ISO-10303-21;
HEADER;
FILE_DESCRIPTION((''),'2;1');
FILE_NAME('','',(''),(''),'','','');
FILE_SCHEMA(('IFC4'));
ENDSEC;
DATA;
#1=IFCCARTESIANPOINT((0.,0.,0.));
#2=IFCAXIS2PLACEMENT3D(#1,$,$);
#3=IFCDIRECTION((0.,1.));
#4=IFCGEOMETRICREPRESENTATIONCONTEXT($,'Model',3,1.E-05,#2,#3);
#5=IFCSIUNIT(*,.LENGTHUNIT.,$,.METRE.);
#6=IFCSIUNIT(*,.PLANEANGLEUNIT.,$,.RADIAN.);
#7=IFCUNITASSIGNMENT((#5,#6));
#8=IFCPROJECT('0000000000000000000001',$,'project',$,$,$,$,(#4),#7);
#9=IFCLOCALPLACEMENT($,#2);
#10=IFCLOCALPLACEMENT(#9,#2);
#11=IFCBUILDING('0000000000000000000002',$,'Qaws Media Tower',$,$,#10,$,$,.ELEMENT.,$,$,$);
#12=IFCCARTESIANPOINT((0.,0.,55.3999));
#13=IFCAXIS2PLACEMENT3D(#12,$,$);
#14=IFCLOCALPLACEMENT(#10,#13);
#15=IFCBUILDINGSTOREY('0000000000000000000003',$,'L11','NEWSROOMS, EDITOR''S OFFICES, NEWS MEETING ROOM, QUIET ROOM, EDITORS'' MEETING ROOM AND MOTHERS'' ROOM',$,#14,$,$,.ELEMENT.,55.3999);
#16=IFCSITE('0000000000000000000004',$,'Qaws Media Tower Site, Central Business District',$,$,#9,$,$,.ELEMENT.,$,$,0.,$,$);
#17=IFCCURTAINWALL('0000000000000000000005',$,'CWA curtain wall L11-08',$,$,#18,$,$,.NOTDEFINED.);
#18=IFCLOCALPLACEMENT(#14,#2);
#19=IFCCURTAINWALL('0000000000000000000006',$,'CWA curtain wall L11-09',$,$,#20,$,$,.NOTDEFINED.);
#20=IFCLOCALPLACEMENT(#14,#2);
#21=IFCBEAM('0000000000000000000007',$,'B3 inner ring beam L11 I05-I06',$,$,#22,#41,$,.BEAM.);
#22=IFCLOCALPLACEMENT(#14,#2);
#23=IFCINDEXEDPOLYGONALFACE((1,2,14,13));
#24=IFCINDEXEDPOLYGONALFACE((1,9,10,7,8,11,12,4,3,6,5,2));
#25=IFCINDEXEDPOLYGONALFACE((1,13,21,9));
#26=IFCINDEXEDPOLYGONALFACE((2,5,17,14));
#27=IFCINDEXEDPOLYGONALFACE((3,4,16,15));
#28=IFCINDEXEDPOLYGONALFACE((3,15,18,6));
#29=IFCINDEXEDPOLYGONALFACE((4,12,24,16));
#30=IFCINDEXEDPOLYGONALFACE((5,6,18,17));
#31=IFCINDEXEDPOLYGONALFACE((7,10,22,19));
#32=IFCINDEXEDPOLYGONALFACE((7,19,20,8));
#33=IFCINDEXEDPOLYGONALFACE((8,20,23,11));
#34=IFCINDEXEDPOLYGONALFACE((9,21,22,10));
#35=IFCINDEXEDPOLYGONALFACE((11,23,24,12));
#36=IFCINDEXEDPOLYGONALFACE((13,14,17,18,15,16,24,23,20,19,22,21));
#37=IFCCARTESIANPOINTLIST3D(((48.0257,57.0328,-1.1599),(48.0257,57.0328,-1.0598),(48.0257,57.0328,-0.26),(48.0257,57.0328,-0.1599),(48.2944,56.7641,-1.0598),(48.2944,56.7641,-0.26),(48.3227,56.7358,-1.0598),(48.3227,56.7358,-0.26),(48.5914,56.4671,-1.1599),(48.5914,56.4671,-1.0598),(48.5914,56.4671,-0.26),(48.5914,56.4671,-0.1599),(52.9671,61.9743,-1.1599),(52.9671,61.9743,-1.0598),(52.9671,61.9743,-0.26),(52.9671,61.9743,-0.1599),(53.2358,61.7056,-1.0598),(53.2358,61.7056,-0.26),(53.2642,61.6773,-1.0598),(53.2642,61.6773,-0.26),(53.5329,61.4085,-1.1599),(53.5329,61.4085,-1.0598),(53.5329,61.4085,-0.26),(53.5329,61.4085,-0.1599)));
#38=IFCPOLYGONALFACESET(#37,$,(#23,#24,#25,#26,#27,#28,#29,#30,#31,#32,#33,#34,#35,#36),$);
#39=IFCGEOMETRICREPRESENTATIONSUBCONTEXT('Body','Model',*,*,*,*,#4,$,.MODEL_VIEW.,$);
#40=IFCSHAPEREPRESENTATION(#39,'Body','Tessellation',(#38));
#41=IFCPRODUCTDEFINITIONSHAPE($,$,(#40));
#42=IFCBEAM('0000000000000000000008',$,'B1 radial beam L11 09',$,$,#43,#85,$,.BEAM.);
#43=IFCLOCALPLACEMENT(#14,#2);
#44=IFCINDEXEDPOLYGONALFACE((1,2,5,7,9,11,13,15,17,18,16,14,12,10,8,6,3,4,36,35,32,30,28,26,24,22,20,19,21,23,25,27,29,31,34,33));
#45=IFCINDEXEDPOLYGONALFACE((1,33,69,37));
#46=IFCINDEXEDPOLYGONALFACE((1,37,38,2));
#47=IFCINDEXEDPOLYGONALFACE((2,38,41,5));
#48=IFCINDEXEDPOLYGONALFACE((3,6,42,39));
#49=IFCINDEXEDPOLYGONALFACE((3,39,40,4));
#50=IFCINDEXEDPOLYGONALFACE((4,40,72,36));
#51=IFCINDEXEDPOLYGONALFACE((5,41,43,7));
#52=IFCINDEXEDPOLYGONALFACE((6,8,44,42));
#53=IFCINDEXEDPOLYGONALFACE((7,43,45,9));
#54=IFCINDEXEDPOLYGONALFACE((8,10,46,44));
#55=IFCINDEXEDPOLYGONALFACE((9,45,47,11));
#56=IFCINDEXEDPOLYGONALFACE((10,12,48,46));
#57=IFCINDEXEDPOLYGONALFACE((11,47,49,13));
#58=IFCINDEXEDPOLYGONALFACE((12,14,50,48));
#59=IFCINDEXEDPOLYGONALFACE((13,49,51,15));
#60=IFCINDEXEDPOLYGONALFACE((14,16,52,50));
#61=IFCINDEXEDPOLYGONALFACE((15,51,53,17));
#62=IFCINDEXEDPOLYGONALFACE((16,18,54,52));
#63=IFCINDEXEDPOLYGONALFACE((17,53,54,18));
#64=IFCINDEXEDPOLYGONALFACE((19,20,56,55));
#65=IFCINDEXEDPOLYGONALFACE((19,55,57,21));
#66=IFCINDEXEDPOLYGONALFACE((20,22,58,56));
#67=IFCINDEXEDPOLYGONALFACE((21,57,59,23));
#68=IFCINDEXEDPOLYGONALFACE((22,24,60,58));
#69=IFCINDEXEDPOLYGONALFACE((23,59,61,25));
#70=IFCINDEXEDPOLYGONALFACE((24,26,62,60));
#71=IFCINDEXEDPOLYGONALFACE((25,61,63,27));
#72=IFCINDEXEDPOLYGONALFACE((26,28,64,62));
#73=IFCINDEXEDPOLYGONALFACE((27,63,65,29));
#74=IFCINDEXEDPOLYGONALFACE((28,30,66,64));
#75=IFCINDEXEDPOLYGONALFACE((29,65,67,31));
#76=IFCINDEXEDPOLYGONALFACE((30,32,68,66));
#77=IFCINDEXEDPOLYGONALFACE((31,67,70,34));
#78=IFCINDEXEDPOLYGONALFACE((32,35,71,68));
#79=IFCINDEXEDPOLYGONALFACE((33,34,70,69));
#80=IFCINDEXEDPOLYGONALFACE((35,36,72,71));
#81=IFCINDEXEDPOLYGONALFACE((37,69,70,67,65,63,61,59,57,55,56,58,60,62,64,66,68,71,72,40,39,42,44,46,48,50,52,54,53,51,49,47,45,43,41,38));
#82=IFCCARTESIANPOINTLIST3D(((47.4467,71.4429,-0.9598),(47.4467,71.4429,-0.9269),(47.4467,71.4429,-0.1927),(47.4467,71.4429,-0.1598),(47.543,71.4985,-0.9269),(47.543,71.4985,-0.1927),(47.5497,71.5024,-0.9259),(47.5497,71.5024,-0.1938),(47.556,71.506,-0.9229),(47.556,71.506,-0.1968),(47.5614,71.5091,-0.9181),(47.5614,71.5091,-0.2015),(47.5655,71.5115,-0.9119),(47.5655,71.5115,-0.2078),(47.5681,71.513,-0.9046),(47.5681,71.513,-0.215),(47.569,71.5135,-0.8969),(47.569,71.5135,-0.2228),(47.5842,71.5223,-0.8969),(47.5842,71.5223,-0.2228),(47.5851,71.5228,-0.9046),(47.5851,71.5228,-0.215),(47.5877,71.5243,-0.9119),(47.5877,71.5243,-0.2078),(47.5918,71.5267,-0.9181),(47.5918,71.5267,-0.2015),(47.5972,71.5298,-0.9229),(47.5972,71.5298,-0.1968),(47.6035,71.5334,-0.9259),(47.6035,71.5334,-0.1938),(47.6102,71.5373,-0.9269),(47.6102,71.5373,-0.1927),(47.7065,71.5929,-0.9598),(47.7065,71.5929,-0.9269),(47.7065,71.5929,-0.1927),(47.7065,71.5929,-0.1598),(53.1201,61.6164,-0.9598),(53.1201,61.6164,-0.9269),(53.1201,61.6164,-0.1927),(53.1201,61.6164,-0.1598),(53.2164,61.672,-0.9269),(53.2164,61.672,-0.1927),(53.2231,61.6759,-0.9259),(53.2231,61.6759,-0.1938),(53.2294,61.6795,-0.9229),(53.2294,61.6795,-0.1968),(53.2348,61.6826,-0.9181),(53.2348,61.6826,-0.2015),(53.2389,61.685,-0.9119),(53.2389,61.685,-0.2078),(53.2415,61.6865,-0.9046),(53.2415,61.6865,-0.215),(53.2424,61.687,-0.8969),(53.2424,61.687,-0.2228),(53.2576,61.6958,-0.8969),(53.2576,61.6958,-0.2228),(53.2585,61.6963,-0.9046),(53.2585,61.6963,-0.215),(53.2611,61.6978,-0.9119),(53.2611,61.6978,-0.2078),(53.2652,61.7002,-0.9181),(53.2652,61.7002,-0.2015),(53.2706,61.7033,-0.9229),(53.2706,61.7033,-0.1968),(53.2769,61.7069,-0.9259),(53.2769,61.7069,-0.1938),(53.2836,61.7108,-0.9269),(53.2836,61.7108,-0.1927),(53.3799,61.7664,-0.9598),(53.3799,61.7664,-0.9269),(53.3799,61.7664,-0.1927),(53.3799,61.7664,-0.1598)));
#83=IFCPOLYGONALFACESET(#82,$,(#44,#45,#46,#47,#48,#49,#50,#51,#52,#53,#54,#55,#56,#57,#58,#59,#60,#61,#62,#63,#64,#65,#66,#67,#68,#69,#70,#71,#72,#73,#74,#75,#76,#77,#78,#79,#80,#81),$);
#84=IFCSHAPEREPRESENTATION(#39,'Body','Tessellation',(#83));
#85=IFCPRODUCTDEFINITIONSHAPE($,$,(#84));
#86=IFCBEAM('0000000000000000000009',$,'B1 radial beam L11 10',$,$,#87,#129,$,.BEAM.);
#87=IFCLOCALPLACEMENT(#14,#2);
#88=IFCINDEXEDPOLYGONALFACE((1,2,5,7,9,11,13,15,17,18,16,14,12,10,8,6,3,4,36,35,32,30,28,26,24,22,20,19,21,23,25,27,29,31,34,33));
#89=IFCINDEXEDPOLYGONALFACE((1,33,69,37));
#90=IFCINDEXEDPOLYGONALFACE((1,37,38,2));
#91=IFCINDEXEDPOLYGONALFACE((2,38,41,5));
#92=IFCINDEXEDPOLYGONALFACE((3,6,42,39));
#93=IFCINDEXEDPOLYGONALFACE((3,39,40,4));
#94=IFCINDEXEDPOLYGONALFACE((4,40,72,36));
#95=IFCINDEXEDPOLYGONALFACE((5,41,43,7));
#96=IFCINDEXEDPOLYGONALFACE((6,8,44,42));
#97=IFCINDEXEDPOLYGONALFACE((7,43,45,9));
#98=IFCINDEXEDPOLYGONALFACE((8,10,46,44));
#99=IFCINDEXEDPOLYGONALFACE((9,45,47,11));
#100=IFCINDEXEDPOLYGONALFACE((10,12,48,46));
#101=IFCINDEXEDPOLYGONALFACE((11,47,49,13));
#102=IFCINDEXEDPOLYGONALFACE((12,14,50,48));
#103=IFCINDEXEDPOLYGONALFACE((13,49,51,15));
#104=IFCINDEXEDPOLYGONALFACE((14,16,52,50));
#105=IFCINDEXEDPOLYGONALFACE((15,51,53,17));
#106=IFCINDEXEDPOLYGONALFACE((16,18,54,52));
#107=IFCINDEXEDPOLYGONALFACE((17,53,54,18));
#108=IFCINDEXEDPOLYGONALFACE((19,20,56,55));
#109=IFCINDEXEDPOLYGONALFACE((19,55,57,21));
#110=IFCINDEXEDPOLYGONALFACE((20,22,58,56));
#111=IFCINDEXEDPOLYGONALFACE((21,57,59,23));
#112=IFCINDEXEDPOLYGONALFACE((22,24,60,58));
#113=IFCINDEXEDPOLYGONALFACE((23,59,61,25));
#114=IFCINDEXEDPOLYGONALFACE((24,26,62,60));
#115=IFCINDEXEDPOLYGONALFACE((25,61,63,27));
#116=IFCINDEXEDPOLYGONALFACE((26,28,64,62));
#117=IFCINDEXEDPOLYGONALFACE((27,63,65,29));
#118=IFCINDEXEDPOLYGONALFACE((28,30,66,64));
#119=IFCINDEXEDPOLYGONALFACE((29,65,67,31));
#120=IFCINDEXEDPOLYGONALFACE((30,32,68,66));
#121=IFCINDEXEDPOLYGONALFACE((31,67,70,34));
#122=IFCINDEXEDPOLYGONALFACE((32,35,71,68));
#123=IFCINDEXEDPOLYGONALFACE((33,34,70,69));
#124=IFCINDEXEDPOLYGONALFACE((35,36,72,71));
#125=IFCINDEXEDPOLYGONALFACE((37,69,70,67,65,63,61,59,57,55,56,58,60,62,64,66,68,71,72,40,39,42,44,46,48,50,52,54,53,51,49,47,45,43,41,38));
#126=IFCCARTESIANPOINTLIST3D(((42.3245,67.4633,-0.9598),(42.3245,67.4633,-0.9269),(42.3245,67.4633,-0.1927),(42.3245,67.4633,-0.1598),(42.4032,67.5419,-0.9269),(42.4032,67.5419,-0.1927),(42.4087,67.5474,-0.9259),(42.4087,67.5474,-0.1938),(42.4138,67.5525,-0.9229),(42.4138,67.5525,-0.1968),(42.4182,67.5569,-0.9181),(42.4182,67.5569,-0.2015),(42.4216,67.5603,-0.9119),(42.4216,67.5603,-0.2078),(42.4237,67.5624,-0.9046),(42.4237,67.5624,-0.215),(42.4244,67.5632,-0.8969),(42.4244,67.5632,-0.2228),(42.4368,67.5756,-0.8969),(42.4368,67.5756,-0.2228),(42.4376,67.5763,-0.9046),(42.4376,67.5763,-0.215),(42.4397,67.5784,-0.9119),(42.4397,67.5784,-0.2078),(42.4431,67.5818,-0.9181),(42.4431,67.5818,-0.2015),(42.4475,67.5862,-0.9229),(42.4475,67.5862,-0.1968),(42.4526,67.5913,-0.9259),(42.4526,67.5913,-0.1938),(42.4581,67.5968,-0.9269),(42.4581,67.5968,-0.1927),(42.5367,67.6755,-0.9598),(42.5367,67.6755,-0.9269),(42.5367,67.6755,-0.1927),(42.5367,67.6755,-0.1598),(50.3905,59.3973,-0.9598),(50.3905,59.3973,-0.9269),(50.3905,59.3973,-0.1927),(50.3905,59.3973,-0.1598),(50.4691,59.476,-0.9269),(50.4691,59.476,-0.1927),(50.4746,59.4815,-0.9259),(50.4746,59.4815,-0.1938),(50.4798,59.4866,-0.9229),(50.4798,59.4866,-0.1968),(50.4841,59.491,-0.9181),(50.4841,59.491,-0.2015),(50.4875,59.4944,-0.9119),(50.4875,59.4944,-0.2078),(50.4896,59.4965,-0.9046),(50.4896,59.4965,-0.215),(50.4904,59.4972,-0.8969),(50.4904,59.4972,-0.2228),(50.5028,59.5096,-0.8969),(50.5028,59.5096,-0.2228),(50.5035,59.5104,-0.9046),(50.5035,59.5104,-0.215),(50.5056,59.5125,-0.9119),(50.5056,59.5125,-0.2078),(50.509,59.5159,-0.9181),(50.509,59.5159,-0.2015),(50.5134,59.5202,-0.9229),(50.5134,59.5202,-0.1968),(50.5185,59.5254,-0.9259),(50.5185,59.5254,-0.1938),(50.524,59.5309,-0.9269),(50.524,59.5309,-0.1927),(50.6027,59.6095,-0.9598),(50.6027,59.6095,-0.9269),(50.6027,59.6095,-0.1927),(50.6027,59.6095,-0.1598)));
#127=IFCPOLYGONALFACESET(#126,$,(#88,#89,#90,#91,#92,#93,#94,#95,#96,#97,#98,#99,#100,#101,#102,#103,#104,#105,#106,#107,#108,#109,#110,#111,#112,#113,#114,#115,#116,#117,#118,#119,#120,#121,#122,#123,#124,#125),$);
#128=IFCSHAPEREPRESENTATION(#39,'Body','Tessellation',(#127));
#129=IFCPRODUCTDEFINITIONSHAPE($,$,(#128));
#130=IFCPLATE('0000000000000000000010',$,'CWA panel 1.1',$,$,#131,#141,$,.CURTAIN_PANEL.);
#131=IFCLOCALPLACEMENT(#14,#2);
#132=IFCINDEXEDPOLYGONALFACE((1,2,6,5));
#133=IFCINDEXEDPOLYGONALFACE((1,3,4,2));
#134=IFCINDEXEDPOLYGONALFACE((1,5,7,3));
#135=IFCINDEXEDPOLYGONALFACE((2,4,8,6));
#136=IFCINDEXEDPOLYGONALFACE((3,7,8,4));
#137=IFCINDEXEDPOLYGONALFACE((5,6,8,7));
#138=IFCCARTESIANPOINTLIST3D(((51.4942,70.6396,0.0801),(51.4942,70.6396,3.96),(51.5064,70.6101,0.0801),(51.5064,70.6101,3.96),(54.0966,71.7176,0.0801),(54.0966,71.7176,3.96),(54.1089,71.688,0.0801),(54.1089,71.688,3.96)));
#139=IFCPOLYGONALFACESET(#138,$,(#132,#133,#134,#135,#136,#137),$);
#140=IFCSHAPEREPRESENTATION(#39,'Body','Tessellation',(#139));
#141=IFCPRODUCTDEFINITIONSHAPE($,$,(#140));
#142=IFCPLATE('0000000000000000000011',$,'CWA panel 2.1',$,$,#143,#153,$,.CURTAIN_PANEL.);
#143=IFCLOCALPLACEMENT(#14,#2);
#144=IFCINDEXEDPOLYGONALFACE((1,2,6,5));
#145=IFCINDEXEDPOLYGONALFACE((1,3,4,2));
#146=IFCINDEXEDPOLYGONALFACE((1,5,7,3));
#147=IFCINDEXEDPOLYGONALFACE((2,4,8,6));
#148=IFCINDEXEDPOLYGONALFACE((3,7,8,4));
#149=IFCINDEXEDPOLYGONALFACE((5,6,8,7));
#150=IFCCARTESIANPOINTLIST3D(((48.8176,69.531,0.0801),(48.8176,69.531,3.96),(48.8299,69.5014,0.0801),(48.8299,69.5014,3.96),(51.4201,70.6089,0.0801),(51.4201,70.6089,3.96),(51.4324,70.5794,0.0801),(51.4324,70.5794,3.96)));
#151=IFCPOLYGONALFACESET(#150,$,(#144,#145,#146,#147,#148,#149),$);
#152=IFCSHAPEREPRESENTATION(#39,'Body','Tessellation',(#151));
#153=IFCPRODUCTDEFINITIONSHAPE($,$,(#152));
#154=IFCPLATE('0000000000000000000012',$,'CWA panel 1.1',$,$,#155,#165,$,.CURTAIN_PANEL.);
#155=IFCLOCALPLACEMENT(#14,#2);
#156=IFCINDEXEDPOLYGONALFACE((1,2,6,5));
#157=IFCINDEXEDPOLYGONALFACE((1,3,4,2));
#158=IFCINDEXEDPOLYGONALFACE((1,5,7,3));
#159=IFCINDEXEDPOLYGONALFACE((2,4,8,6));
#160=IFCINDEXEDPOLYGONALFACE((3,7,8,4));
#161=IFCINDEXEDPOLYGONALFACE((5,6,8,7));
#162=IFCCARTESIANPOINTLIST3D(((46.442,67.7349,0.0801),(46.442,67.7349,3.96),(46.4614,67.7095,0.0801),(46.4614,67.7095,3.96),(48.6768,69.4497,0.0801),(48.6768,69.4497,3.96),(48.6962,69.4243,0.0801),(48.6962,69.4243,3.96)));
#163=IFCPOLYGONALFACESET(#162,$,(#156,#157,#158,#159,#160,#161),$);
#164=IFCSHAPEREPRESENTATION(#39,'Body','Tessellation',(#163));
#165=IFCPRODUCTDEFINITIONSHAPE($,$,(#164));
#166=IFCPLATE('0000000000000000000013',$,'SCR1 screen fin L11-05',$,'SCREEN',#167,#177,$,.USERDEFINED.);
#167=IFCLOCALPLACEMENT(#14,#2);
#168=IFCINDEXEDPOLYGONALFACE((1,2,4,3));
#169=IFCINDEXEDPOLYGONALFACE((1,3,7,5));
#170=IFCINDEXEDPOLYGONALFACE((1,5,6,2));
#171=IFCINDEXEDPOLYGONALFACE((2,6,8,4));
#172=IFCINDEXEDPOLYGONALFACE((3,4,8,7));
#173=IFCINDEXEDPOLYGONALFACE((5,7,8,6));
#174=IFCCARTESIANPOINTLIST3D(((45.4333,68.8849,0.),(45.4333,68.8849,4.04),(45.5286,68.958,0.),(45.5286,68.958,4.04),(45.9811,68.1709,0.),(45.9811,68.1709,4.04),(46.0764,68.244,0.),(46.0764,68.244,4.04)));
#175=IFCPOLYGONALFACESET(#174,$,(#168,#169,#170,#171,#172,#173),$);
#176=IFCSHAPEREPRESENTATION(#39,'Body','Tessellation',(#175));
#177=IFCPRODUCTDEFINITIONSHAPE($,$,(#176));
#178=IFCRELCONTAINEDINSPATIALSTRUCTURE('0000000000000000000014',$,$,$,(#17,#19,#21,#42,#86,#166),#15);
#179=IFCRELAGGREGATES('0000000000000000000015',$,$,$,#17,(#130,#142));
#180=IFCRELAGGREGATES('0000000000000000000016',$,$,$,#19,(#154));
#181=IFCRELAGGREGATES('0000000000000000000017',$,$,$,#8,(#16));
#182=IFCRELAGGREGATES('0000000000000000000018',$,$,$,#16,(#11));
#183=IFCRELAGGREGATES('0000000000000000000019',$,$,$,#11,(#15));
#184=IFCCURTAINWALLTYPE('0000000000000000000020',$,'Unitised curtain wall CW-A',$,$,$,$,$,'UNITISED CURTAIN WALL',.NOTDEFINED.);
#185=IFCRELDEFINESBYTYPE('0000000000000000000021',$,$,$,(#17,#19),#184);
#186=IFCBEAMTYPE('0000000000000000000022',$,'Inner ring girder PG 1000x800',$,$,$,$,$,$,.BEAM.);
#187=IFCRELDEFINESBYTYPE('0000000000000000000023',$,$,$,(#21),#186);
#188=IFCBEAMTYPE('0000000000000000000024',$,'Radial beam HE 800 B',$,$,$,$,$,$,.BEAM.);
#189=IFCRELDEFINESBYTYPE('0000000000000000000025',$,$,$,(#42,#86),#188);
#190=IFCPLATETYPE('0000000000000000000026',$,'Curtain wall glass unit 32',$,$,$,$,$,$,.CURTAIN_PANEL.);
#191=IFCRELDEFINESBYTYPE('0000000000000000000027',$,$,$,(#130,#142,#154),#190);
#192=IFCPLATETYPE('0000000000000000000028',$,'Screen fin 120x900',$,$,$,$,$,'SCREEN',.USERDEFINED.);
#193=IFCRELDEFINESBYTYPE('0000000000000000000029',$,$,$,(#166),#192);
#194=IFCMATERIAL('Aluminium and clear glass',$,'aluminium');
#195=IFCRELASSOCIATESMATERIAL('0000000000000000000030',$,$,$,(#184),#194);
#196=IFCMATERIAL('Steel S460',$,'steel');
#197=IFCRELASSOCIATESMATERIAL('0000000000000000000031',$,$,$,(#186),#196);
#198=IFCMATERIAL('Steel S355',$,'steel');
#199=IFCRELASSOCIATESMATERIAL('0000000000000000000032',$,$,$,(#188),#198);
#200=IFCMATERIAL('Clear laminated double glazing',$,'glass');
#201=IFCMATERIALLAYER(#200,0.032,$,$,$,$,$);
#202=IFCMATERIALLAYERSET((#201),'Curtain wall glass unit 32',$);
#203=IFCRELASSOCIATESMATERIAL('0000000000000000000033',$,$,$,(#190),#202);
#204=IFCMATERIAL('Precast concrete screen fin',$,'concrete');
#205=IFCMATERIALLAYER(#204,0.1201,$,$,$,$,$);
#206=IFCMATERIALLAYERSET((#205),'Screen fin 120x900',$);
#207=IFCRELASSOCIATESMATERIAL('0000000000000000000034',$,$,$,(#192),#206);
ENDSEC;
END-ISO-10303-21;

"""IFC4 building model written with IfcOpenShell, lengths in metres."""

from ifc_helpers import new_model, si_unit, direction, frame, origin, origin_2d, place, context, subcontext, project, spatial, rectangle, i_section, extrude, material, layer, layer_set, material_profile, profile_set, type_object, element, aggregate, save


model = new_model("IFC4")

# Units and contexts
model_context = context("Model", 3, precision=1e-05, world=origin(), true_north=direction((0.0, 1.0)))
body_context = subcontext(model_context, "Body", "Model", "MODEL_VIEW")
ifc_project = project(units=[si_unit("LENGTHUNIT", "METRE"), si_unit("PLANEANGLEUNIT", "RADIAN")], contexts=[model_context])

# Site, building, storey
site_placement = place(None, origin())
site = spatial("IfcSite", under=ifc_project, at=site_placement, Name="Qaws Media Tower Site, Central Business District", CompositionType="ELEMENT", RefElevation=0.0)
building_placement = place(site_placement, origin())
building = spatial("IfcBuilding", under=site, at=building_placement, Name="Qaws Media Tower", CompositionType="ELEMENT")
storey_placement = place(building_placement, frame((0.0, 0.0, 55.3999)))
storey = spatial("IfcBuildingStorey", under=building, at=storey_placement, Name="L11", Description="NEWSROOMS, EDITOR'S OFFICES, NEWS MEETING ROOM, QUIET ROOM, EDITORS' MEETING ROOM AND MOTHERS' ROOM", CompositionType="ELEMENT", Elevation=55.3999)

# Curtain walls
ifc_material_1 = material(Name="Aluminium and clear glass", Category="aluminium")
curtain_wall_type = type_object("IfcCurtainWallType", Name="Unitised curtain wall CW-A", ElementType="UNITISED CURTAIN WALL", PredefinedType="NOTDEFINED", material=ifc_material_1)
curtain_wall_1_placement = place(storey_placement, origin())
curtain_wall_1 = element("IfcCurtainWall", 1, at=curtain_wall_1_placement, inside=storey, type_object=curtain_wall_type, Name="CWA curtain wall L11-08", PredefinedType="NOTDEFINED")
curtain_wall_2_placement = place(storey_placement, origin())
curtain_wall_2 = element("IfcCurtainWall", 2, at=curtain_wall_2_placement, inside=storey, type_object=curtain_wall_type, Name="CWA curtain wall L11-09", PredefinedType="NOTDEFINED")

# Beams
ifc_material_2 = material(Name="Steel S460", Category="steel")
ifc_material_profile_1 = material_profile(ifc_material_2, i_section(OverallWidth=0.8, OverallDepth=1.0, WebThickness=0.04, FlangeThickness=0.1001, at=origin_2d()), Name="PG 1000x800")
ifc_profile_set_1 = profile_set([ifc_material_profile_1], Name="Steel S460")
beam_type_1 = type_object("IfcBeamType", Name="Inner ring girder PG 1000x800", PredefinedType="BEAM", material=ifc_profile_set_1)
beam_1_placement = place(storey_placement, frame((53.25, 61.6914, -0.6599), z_axis=(-0.707107, -0.707107, 0.0), x_axis=(0.707107, -0.707107, 0.0)))
element("IfcBeam", 3, at=beam_1_placement, inside=storey, type_object=beam_type_1, Name="B3 inner ring beam L11 I05-I06", PredefinedType="BEAM", context=body_context, shape_type="SweptSolid", body=[
    extrude(i_section(OverallWidth=0.8, OverallDepth=1.0, WebThickness=0.04, FlangeThickness=0.1001, at=origin_2d()), origin(), (0.0, 0.0, 1.0), 6.9883),
])
ifc_material_3 = material(Name="Steel S355", Category="steel")
ifc_material_profile_2 = material_profile(ifc_material_3, i_section(OverallWidth=0.3, OverallDepth=0.8, WebThickness=0.0176, FlangeThickness=0.033, FilletRadius=0.03, at=origin_2d()), Name="HE 800 B")
ifc_profile_set_2 = profile_set([ifc_material_profile_2], Name="Steel S355")
beam_type_2 = type_object("IfcBeamType", Name="Radial beam HE 800 B", PredefinedType="BEAM", material=ifc_profile_set_2)
beam_2_placement = place(storey_placement, frame((53.25, 61.6914, -0.5598), z_axis=(-0.500004, 0.866023, 0.0), x_axis=(-0.866023, -0.500004, 0.0)))
element("IfcBeam", 4, at=beam_2_placement, inside=storey, type_object=beam_type_2, Name="B1 radial beam L11 09", PredefinedType="BEAM", context=body_context, shape_type="SweptSolid", body=[
    extrude(i_section(OverallWidth=0.3, OverallDepth=0.8, WebThickness=0.0176, FlangeThickness=0.033, FilletRadius=0.03, at=origin_2d()), origin(), (0.0, 0.0, 1.0), 11.3467),
])
beam_3_placement = place(storey_placement, frame((50.4966, 59.5034, -0.5598), z_axis=(-0.707107, 0.707107, 0.0), x_axis=(-0.707107, -0.707107, 0.0)))
element("IfcBeam", 5, at=beam_3_placement, inside=storey, type_object=beam_type_2, Name="B1 radial beam L11 10", PredefinedType="BEAM", context=body_context, shape_type="SweptSolid", body=[
    extrude(i_section(OverallWidth=0.3, OverallDepth=0.8, WebThickness=0.0176, FlangeThickness=0.033, FilletRadius=0.03, at=origin_2d()), origin(), (0.0, 0.0, 1.0), 11.407),
])

# Plates
ifc_material_4 = material(Name="Clear laminated double glazing", Category="glass")
ifc_layer_1 = layer(ifc_material_4, 0.032)
ifc_layer_set_1 = layer_set([ifc_layer_1], Name="Curtain wall glass unit 32")
plate_type_1 = type_object("IfcPlateType", Name="Curtain wall glass unit 32", PredefinedType="CURTAIN_PANEL", material=ifc_layer_set_1)
plate_1_placement = place(storey_placement, frame((52.8015, 71.1638, 0.0801), z_axis=(0.0, 0.0, 1.0), x_axis=(-0.92388, -0.382683, 0.0)))
plate_1 = element("IfcPlate", 6, at=plate_1_placement, type_object=plate_type_1, Name="CWA panel 1.1", PredefinedType="CURTAIN_PANEL", context=body_context, shape_type="SweptSolid", body=[
    extrude(rectangle(XDim=2.8169, YDim=0.032, at=origin_2d()), origin(), (0.0, 0.0, 1.0), 3.8799),
])
plate_2_placement = place(storey_placement, frame((50.125, 70.0552, 0.0801), z_axis=(0.0, 0.0, 1.0), x_axis=(-0.92388, -0.382683, 0.0)))
plate_2 = element("IfcPlate", 7, at=plate_2_placement, type_object=plate_type_1, Name="CWA panel 2.1", PredefinedType="CURTAIN_PANEL", context=body_context, shape_type="SweptSolid", body=[
    extrude(rectangle(XDim=2.8169, YDim=0.032, at=origin_2d()), origin(), (0.0, 0.0, 1.0), 3.8799),
])
aggregate(curtain_wall_1, [plate_1, plate_2])
plate_3_placement = place(storey_placement, frame((47.5691, 68.5796, 0.0801), z_axis=(0.0, 0.0, 1.0), x_axis=(-0.793353, -0.608761, 0.0)))
plate_3 = element("IfcPlate", 8, at=plate_3_placement, type_object=plate_type_1, Name="CWA panel 1.1", PredefinedType="CURTAIN_PANEL", context=body_context, shape_type="SweptSolid", body=[
    extrude(rectangle(XDim=2.8169, YDim=0.032, at=origin_2d()), origin(), (0.0, 0.0, 1.0), 3.8799),
])
aggregate(curtain_wall_2, [plate_3])
ifc_material_5 = material(Name="Precast concrete screen fin", Category="concrete")
ifc_layer_2 = layer(ifc_material_5, 0.1201)
ifc_layer_set_2 = layer_set([ifc_layer_2], Name="Screen fin 120x900")
plate_type_2 = type_object("IfcPlateType", Name="Screen fin 120x900", ElementType="SCREEN", PredefinedType="USERDEFINED", material=ifc_layer_set_2)
plate_4_placement = place(storey_placement, frame((45.7549, 68.5645, 0.0), z_axis=(0.0, 0.0, 1.0), x_axis=(-0.608761, 0.793353, 0.0)))
element("IfcPlate", 9, at=plate_4_placement, inside=storey, type_object=plate_type_2, Name="SCR1 screen fin L11-05", ObjectType="SCREEN", PredefinedType="USERDEFINED", context=body_context, shape_type="SweptSolid", body=[
    extrude(rectangle(XDim=0.8999, YDim=0.1201, at=origin_2d()), origin(), (0.0, 0.0, 1.0), 4.04),
])

save(model, "model.ifc")
